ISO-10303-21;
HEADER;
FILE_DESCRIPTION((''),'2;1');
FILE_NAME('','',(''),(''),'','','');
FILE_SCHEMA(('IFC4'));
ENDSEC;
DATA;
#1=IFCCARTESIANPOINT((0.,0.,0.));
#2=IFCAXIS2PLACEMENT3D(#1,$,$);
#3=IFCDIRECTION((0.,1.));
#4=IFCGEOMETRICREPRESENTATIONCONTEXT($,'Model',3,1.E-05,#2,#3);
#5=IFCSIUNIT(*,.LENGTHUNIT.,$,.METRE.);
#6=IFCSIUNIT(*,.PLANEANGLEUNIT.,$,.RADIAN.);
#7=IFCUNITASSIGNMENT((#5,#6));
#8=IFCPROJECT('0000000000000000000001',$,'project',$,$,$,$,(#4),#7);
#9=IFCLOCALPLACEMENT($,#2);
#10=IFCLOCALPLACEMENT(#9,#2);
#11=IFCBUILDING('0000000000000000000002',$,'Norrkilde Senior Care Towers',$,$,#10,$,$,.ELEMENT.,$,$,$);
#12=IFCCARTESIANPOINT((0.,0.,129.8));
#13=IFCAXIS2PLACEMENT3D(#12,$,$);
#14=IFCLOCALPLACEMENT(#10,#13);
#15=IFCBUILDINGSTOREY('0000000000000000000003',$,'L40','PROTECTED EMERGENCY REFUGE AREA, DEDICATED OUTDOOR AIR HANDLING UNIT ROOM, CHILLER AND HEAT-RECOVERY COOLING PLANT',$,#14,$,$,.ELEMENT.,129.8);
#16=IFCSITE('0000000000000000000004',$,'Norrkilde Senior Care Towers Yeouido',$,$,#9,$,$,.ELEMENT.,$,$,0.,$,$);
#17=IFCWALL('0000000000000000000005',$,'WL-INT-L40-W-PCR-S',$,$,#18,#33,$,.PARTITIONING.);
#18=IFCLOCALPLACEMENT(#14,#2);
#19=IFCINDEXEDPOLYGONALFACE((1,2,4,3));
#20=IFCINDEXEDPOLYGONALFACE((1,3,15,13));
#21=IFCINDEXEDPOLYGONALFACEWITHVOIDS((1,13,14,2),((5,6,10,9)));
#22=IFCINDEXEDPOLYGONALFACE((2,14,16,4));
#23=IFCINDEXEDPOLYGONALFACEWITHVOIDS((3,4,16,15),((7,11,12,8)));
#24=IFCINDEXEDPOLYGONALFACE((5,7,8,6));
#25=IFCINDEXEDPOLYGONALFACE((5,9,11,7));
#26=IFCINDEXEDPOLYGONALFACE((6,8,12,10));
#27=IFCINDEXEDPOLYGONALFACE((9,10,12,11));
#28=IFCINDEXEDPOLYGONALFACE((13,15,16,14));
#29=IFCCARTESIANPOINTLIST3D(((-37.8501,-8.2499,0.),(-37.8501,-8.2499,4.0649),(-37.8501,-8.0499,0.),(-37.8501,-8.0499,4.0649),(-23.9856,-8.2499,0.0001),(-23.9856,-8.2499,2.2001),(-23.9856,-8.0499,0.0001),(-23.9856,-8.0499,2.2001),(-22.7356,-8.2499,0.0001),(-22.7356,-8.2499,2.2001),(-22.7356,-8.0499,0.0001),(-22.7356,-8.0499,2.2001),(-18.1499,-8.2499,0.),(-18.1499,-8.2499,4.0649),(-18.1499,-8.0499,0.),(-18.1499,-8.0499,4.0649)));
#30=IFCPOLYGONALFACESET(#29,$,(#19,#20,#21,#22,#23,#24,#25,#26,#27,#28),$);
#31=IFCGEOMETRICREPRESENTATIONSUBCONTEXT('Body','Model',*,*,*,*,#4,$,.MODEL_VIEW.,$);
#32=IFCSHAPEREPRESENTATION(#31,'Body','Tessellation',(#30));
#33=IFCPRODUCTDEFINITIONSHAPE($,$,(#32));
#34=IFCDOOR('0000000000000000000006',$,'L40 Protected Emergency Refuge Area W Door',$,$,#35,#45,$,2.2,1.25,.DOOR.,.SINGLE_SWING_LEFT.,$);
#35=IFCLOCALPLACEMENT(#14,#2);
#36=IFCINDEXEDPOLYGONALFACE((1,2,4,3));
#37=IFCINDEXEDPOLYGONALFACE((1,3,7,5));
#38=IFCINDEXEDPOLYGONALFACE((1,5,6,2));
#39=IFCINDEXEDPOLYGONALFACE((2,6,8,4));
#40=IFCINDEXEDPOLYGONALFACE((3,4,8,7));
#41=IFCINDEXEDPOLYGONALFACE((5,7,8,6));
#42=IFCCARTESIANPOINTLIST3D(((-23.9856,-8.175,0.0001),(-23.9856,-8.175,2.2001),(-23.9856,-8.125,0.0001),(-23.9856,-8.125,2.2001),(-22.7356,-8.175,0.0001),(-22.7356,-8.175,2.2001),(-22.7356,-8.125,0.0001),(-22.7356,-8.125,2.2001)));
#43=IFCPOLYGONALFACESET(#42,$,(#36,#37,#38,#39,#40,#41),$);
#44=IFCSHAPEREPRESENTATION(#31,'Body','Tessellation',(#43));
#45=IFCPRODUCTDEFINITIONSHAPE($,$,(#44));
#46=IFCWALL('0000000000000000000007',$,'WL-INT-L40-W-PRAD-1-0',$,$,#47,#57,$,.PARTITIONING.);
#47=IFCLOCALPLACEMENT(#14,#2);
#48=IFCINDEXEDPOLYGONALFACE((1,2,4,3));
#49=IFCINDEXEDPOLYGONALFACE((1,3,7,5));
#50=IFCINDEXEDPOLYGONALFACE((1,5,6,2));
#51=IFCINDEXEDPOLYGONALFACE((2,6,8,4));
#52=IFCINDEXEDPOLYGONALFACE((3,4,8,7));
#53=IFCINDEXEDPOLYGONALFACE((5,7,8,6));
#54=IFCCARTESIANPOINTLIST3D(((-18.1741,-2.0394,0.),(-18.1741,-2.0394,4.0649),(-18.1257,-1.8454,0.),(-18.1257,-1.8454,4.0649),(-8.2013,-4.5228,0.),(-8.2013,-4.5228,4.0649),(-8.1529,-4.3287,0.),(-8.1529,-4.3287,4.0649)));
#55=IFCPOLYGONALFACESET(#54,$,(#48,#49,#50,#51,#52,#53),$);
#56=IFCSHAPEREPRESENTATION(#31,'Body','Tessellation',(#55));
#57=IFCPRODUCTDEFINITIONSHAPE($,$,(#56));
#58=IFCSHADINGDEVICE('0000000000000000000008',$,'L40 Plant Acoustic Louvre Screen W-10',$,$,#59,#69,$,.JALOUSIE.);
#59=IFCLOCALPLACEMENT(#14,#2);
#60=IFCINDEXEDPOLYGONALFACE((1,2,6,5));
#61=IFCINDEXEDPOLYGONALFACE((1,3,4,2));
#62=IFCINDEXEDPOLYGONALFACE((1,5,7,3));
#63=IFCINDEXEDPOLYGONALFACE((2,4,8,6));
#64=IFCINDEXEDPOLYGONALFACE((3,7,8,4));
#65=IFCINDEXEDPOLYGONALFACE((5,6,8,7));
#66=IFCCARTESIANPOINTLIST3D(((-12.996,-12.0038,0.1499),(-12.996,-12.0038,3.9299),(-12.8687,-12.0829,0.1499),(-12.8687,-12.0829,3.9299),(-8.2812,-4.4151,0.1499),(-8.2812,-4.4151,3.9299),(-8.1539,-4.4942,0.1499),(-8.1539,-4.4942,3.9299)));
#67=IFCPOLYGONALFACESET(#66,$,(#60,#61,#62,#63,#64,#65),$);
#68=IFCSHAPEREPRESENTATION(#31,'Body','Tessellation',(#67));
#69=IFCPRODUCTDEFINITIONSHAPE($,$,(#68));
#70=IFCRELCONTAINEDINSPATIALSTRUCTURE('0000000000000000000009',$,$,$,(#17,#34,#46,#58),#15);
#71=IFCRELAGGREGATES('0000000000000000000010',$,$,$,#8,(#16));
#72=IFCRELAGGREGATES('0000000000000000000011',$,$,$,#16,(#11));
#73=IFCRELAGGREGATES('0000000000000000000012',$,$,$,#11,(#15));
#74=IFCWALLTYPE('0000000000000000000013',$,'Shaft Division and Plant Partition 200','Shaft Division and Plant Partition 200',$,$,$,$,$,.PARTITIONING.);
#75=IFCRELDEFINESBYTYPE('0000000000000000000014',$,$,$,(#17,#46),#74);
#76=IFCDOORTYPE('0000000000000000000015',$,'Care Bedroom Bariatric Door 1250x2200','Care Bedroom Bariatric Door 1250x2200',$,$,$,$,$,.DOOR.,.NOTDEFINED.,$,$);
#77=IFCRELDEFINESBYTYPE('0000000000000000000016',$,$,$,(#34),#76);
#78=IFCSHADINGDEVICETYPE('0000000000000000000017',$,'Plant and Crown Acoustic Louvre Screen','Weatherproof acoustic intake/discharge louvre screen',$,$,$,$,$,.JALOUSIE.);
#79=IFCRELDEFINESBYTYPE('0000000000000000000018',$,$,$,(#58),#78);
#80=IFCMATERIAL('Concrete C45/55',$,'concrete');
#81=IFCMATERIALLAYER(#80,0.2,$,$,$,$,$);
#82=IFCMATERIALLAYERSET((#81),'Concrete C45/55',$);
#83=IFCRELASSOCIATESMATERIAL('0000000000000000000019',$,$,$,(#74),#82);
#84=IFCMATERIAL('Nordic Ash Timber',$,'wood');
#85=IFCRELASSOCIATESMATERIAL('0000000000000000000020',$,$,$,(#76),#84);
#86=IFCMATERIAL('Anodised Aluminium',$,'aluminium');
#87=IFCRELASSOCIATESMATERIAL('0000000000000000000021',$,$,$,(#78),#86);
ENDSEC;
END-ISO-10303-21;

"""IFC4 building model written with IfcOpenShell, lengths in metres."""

from ifc_helpers import new_model, si_unit, direction, frame, frame_2d, origin, origin_2d, place, context, subcontext, project, spatial, rectangle, extrude, source, transform, mapped, material, layer, layer_set, type_object, type_shapes, element, fill, save


model = new_model("IFC4")

# Units and contexts
model_context = context("Model", 3, precision=1e-05, world=origin(), true_north=direction((0.0, 1.0)))
body_context = subcontext(model_context, "Body", "Model", "MODEL_VIEW")
ifc_project = project(units=[si_unit("LENGTHUNIT", "METRE"), si_unit("PLANEANGLEUNIT", "RADIAN")], contexts=[model_context])

# Site, building, storey
site_placement = place(None, origin())
site = spatial("IfcSite", under=ifc_project, at=site_placement, Name="Norrkilde Senior Care Towers Yeouido", CompositionType="ELEMENT", RefElevation=0.0)
building_placement = place(site_placement, origin())
building = spatial("IfcBuilding", under=site, at=building_placement, Name="Norrkilde Senior Care Towers", CompositionType="ELEMENT")
storey_placement = place(building_placement, frame((0.0, 0.0, 129.8)))
storey = spatial("IfcBuildingStorey", under=building, at=storey_placement, Name="L40", Description="PROTECTED EMERGENCY REFUGE AREA, DEDICATED OUTDOOR AIR HANDLING UNIT ROOM, CHILLER AND HEAT-RECOVERY COOLING PLANT", CompositionType="ELEMENT", Elevation=129.8)

# Shared definitions
ifc_material_1 = material(Name="Anodised Aluminium", Category="aluminium")

# Wall, opening, door
ifc_material_2 = material(Name="Concrete C45/55", Category="concrete")
ifc_layer_1 = layer(ifc_material_2, 0.2)
ifc_layer_set_1 = layer_set([ifc_layer_1], Name="Concrete C45/55")
wall_type = type_object("IfcWallType", Name="Shaft Division and Plant Partition 200", Description="Shaft Division and Plant Partition 200", PredefinedType="PARTITIONING", material=ifc_layer_set_1)
shared_shape_1 = source(origin(), body_context, "Body", "SweptSolid", [
    extrude(rectangle(XDim=19.7002, YDim=0.2, at=frame_2d((9.8501, 0.0))), origin(), (0.0, 0.0, 1.0), 4.0649),
])
wall_1_placement = place(storey_placement, frame((-18.1499, -8.1499, 0.0), z_axis=(0.0, 0.0, 1.0), x_axis=(-1.0, 0.0, 0.0)))
wall_1 = element("IfcWall", 1, at=wall_1_placement, inside=storey, type_object=wall_type, Name="WL-INT-L40-W-PCR-S", PredefinedType="PARTITIONING", context=body_context, shape_type="MappedRepresentation", body=[
    mapped(shared_shape_1, transform((0.0, 0.0, 0.0), x_axis=(1.0, 0.0, 0.0), y_axis=(0.0, 1.0, 0.0), z_axis=(0.0, 0.0, 1.0), scale=1.0)),
])
opening_placement = place(wall_1_placement, frame((4.5857, 0.0, 0.0)))
opening = element("IfcOpeningElement", 2, at=opening_placement, cuts=wall_1, PredefinedType="OPENING", context=body_context, shape_type="SweptSolid", body=[
    extrude(rectangle(XDim=1.25, YDim=2.2, at=frame_2d((0.625, 1.1001))), frame((0.0, 0.1099, 0.0), z_axis=(0.0, -1.0, 0.0), x_axis=(1.0, 0.0, 0.0)), (0.0, 0.0, 1.0), 0.22),
])
ifc_material_3 = material(Name="Nordic Ash Timber", Category="wood")
door_type = type_object("IfcDoorType", Name="Care Bedroom Bariatric Door 1250x2200", Description="Care Bedroom Bariatric Door 1250x2200", OperationType="NOTDEFINED", PredefinedType="DOOR", material=ifc_material_3)
shared_shape_2 = source(origin(), body_context, "Body", "SweptSolid", [
    extrude(rectangle(XDim=1.25, YDim=2.2, at=frame_2d((0.625, 1.1001))), frame((0.0, 0.0249, 0.0), z_axis=(0.0, -1.0, 0.0), x_axis=(1.0, 0.0, 0.0)), (0.0, 0.0, 1.0), 0.05),
])
type_shapes(door_type, [shared_shape_2])
door_placement = place(opening_placement, frame((1.25, 0.0, 0.0), z_axis=(0.0, 0.0, 1.0), x_axis=(-1.0, 0.0, 0.0)))
door = element("IfcDoor", 3, at=door_placement, inside=storey, type_object=door_type, Name="L40 Protected Emergency Refuge Area W Door", OperationType="SINGLE_SWING_LEFT", OverallHeight=2.2, OverallWidth=1.25, PredefinedType="DOOR", context=body_context, shape_type="MappedRepresentation", body=[
    mapped(shared_shape_2, transform((0.0, 0.0, 0.0), x_axis=(1.0, 0.0, 0.0), y_axis=(0.0, 1.0, 0.0), z_axis=(0.0, 0.0, 1.0), scale=1.0)),
])
fill(opening, door)

# Wall
shared_shape_3 = source(origin(), body_context, "Body", "SweptSolid", [
    extrude(rectangle(XDim=10.2773, YDim=0.2, at=frame_2d((5.1387, 0.0))), origin(), (0.0, 0.0, 1.0), 4.0649),
])
type_shapes(wall_type, [shared_shape_1, shared_shape_3])
wall_2_placement = place(storey_placement, frame((-18.1499, -1.9424, 0.0), z_axis=(0.0, 0.0, 1.0), x_axis=(0.970367, -0.241636, 0.0)))
element("IfcWall", 4, at=wall_2_placement, inside=storey, type_object=wall_type, Name="WL-INT-L40-W-PRAD-1-0", PredefinedType="PARTITIONING", context=body_context, shape_type="MappedRepresentation", body=[
    mapped(shared_shape_3, transform((0.0, 0.0, 0.0), x_axis=(1.0, 0.0, 0.0), y_axis=(0.0, 1.0, 0.0), z_axis=(0.0, 0.0, 1.0), scale=1.0)),
])

# Shading device
shading_device_type = type_object("IfcShadingDeviceType", Name="Plant and Crown Acoustic Louvre Screen", Description="Weatherproof acoustic intake/discharge louvre screen", PredefinedType="JALOUSIE", material=ifc_material_1)
shared_shape_4 = source(origin(), body_context, "Body", "SweptSolid", [
    extrude(rectangle(XDim=8.9341, YDim=0.1499, at=origin_2d()), origin(), (0.0, 0.0, 1.0), 3.78),
])
type_shapes(shading_device_type, [shared_shape_4])
shading_device_placement = place(storey_placement, frame((-10.575, -8.249, 0.1499), z_axis=(0.0, 0.0, 1.0), x_axis=(-0.527733, -0.84941, 0.0)))
element("IfcShadingDevice", 5, at=shading_device_placement, inside=storey, type_object=shading_device_type, Name="L40 Plant Acoustic Louvre Screen W-10", PredefinedType="JALOUSIE", context=body_context, shape_type="MappedRepresentation", body=[
    mapped(shared_shape_4, transform((0.0, 0.0, 0.0), x_axis=(1.0, 0.0, 0.0), y_axis=(0.0, 1.0, 0.0), z_axis=(0.0, 0.0, 1.0), scale=1.0)),
])

save(model, "model.ifc")
